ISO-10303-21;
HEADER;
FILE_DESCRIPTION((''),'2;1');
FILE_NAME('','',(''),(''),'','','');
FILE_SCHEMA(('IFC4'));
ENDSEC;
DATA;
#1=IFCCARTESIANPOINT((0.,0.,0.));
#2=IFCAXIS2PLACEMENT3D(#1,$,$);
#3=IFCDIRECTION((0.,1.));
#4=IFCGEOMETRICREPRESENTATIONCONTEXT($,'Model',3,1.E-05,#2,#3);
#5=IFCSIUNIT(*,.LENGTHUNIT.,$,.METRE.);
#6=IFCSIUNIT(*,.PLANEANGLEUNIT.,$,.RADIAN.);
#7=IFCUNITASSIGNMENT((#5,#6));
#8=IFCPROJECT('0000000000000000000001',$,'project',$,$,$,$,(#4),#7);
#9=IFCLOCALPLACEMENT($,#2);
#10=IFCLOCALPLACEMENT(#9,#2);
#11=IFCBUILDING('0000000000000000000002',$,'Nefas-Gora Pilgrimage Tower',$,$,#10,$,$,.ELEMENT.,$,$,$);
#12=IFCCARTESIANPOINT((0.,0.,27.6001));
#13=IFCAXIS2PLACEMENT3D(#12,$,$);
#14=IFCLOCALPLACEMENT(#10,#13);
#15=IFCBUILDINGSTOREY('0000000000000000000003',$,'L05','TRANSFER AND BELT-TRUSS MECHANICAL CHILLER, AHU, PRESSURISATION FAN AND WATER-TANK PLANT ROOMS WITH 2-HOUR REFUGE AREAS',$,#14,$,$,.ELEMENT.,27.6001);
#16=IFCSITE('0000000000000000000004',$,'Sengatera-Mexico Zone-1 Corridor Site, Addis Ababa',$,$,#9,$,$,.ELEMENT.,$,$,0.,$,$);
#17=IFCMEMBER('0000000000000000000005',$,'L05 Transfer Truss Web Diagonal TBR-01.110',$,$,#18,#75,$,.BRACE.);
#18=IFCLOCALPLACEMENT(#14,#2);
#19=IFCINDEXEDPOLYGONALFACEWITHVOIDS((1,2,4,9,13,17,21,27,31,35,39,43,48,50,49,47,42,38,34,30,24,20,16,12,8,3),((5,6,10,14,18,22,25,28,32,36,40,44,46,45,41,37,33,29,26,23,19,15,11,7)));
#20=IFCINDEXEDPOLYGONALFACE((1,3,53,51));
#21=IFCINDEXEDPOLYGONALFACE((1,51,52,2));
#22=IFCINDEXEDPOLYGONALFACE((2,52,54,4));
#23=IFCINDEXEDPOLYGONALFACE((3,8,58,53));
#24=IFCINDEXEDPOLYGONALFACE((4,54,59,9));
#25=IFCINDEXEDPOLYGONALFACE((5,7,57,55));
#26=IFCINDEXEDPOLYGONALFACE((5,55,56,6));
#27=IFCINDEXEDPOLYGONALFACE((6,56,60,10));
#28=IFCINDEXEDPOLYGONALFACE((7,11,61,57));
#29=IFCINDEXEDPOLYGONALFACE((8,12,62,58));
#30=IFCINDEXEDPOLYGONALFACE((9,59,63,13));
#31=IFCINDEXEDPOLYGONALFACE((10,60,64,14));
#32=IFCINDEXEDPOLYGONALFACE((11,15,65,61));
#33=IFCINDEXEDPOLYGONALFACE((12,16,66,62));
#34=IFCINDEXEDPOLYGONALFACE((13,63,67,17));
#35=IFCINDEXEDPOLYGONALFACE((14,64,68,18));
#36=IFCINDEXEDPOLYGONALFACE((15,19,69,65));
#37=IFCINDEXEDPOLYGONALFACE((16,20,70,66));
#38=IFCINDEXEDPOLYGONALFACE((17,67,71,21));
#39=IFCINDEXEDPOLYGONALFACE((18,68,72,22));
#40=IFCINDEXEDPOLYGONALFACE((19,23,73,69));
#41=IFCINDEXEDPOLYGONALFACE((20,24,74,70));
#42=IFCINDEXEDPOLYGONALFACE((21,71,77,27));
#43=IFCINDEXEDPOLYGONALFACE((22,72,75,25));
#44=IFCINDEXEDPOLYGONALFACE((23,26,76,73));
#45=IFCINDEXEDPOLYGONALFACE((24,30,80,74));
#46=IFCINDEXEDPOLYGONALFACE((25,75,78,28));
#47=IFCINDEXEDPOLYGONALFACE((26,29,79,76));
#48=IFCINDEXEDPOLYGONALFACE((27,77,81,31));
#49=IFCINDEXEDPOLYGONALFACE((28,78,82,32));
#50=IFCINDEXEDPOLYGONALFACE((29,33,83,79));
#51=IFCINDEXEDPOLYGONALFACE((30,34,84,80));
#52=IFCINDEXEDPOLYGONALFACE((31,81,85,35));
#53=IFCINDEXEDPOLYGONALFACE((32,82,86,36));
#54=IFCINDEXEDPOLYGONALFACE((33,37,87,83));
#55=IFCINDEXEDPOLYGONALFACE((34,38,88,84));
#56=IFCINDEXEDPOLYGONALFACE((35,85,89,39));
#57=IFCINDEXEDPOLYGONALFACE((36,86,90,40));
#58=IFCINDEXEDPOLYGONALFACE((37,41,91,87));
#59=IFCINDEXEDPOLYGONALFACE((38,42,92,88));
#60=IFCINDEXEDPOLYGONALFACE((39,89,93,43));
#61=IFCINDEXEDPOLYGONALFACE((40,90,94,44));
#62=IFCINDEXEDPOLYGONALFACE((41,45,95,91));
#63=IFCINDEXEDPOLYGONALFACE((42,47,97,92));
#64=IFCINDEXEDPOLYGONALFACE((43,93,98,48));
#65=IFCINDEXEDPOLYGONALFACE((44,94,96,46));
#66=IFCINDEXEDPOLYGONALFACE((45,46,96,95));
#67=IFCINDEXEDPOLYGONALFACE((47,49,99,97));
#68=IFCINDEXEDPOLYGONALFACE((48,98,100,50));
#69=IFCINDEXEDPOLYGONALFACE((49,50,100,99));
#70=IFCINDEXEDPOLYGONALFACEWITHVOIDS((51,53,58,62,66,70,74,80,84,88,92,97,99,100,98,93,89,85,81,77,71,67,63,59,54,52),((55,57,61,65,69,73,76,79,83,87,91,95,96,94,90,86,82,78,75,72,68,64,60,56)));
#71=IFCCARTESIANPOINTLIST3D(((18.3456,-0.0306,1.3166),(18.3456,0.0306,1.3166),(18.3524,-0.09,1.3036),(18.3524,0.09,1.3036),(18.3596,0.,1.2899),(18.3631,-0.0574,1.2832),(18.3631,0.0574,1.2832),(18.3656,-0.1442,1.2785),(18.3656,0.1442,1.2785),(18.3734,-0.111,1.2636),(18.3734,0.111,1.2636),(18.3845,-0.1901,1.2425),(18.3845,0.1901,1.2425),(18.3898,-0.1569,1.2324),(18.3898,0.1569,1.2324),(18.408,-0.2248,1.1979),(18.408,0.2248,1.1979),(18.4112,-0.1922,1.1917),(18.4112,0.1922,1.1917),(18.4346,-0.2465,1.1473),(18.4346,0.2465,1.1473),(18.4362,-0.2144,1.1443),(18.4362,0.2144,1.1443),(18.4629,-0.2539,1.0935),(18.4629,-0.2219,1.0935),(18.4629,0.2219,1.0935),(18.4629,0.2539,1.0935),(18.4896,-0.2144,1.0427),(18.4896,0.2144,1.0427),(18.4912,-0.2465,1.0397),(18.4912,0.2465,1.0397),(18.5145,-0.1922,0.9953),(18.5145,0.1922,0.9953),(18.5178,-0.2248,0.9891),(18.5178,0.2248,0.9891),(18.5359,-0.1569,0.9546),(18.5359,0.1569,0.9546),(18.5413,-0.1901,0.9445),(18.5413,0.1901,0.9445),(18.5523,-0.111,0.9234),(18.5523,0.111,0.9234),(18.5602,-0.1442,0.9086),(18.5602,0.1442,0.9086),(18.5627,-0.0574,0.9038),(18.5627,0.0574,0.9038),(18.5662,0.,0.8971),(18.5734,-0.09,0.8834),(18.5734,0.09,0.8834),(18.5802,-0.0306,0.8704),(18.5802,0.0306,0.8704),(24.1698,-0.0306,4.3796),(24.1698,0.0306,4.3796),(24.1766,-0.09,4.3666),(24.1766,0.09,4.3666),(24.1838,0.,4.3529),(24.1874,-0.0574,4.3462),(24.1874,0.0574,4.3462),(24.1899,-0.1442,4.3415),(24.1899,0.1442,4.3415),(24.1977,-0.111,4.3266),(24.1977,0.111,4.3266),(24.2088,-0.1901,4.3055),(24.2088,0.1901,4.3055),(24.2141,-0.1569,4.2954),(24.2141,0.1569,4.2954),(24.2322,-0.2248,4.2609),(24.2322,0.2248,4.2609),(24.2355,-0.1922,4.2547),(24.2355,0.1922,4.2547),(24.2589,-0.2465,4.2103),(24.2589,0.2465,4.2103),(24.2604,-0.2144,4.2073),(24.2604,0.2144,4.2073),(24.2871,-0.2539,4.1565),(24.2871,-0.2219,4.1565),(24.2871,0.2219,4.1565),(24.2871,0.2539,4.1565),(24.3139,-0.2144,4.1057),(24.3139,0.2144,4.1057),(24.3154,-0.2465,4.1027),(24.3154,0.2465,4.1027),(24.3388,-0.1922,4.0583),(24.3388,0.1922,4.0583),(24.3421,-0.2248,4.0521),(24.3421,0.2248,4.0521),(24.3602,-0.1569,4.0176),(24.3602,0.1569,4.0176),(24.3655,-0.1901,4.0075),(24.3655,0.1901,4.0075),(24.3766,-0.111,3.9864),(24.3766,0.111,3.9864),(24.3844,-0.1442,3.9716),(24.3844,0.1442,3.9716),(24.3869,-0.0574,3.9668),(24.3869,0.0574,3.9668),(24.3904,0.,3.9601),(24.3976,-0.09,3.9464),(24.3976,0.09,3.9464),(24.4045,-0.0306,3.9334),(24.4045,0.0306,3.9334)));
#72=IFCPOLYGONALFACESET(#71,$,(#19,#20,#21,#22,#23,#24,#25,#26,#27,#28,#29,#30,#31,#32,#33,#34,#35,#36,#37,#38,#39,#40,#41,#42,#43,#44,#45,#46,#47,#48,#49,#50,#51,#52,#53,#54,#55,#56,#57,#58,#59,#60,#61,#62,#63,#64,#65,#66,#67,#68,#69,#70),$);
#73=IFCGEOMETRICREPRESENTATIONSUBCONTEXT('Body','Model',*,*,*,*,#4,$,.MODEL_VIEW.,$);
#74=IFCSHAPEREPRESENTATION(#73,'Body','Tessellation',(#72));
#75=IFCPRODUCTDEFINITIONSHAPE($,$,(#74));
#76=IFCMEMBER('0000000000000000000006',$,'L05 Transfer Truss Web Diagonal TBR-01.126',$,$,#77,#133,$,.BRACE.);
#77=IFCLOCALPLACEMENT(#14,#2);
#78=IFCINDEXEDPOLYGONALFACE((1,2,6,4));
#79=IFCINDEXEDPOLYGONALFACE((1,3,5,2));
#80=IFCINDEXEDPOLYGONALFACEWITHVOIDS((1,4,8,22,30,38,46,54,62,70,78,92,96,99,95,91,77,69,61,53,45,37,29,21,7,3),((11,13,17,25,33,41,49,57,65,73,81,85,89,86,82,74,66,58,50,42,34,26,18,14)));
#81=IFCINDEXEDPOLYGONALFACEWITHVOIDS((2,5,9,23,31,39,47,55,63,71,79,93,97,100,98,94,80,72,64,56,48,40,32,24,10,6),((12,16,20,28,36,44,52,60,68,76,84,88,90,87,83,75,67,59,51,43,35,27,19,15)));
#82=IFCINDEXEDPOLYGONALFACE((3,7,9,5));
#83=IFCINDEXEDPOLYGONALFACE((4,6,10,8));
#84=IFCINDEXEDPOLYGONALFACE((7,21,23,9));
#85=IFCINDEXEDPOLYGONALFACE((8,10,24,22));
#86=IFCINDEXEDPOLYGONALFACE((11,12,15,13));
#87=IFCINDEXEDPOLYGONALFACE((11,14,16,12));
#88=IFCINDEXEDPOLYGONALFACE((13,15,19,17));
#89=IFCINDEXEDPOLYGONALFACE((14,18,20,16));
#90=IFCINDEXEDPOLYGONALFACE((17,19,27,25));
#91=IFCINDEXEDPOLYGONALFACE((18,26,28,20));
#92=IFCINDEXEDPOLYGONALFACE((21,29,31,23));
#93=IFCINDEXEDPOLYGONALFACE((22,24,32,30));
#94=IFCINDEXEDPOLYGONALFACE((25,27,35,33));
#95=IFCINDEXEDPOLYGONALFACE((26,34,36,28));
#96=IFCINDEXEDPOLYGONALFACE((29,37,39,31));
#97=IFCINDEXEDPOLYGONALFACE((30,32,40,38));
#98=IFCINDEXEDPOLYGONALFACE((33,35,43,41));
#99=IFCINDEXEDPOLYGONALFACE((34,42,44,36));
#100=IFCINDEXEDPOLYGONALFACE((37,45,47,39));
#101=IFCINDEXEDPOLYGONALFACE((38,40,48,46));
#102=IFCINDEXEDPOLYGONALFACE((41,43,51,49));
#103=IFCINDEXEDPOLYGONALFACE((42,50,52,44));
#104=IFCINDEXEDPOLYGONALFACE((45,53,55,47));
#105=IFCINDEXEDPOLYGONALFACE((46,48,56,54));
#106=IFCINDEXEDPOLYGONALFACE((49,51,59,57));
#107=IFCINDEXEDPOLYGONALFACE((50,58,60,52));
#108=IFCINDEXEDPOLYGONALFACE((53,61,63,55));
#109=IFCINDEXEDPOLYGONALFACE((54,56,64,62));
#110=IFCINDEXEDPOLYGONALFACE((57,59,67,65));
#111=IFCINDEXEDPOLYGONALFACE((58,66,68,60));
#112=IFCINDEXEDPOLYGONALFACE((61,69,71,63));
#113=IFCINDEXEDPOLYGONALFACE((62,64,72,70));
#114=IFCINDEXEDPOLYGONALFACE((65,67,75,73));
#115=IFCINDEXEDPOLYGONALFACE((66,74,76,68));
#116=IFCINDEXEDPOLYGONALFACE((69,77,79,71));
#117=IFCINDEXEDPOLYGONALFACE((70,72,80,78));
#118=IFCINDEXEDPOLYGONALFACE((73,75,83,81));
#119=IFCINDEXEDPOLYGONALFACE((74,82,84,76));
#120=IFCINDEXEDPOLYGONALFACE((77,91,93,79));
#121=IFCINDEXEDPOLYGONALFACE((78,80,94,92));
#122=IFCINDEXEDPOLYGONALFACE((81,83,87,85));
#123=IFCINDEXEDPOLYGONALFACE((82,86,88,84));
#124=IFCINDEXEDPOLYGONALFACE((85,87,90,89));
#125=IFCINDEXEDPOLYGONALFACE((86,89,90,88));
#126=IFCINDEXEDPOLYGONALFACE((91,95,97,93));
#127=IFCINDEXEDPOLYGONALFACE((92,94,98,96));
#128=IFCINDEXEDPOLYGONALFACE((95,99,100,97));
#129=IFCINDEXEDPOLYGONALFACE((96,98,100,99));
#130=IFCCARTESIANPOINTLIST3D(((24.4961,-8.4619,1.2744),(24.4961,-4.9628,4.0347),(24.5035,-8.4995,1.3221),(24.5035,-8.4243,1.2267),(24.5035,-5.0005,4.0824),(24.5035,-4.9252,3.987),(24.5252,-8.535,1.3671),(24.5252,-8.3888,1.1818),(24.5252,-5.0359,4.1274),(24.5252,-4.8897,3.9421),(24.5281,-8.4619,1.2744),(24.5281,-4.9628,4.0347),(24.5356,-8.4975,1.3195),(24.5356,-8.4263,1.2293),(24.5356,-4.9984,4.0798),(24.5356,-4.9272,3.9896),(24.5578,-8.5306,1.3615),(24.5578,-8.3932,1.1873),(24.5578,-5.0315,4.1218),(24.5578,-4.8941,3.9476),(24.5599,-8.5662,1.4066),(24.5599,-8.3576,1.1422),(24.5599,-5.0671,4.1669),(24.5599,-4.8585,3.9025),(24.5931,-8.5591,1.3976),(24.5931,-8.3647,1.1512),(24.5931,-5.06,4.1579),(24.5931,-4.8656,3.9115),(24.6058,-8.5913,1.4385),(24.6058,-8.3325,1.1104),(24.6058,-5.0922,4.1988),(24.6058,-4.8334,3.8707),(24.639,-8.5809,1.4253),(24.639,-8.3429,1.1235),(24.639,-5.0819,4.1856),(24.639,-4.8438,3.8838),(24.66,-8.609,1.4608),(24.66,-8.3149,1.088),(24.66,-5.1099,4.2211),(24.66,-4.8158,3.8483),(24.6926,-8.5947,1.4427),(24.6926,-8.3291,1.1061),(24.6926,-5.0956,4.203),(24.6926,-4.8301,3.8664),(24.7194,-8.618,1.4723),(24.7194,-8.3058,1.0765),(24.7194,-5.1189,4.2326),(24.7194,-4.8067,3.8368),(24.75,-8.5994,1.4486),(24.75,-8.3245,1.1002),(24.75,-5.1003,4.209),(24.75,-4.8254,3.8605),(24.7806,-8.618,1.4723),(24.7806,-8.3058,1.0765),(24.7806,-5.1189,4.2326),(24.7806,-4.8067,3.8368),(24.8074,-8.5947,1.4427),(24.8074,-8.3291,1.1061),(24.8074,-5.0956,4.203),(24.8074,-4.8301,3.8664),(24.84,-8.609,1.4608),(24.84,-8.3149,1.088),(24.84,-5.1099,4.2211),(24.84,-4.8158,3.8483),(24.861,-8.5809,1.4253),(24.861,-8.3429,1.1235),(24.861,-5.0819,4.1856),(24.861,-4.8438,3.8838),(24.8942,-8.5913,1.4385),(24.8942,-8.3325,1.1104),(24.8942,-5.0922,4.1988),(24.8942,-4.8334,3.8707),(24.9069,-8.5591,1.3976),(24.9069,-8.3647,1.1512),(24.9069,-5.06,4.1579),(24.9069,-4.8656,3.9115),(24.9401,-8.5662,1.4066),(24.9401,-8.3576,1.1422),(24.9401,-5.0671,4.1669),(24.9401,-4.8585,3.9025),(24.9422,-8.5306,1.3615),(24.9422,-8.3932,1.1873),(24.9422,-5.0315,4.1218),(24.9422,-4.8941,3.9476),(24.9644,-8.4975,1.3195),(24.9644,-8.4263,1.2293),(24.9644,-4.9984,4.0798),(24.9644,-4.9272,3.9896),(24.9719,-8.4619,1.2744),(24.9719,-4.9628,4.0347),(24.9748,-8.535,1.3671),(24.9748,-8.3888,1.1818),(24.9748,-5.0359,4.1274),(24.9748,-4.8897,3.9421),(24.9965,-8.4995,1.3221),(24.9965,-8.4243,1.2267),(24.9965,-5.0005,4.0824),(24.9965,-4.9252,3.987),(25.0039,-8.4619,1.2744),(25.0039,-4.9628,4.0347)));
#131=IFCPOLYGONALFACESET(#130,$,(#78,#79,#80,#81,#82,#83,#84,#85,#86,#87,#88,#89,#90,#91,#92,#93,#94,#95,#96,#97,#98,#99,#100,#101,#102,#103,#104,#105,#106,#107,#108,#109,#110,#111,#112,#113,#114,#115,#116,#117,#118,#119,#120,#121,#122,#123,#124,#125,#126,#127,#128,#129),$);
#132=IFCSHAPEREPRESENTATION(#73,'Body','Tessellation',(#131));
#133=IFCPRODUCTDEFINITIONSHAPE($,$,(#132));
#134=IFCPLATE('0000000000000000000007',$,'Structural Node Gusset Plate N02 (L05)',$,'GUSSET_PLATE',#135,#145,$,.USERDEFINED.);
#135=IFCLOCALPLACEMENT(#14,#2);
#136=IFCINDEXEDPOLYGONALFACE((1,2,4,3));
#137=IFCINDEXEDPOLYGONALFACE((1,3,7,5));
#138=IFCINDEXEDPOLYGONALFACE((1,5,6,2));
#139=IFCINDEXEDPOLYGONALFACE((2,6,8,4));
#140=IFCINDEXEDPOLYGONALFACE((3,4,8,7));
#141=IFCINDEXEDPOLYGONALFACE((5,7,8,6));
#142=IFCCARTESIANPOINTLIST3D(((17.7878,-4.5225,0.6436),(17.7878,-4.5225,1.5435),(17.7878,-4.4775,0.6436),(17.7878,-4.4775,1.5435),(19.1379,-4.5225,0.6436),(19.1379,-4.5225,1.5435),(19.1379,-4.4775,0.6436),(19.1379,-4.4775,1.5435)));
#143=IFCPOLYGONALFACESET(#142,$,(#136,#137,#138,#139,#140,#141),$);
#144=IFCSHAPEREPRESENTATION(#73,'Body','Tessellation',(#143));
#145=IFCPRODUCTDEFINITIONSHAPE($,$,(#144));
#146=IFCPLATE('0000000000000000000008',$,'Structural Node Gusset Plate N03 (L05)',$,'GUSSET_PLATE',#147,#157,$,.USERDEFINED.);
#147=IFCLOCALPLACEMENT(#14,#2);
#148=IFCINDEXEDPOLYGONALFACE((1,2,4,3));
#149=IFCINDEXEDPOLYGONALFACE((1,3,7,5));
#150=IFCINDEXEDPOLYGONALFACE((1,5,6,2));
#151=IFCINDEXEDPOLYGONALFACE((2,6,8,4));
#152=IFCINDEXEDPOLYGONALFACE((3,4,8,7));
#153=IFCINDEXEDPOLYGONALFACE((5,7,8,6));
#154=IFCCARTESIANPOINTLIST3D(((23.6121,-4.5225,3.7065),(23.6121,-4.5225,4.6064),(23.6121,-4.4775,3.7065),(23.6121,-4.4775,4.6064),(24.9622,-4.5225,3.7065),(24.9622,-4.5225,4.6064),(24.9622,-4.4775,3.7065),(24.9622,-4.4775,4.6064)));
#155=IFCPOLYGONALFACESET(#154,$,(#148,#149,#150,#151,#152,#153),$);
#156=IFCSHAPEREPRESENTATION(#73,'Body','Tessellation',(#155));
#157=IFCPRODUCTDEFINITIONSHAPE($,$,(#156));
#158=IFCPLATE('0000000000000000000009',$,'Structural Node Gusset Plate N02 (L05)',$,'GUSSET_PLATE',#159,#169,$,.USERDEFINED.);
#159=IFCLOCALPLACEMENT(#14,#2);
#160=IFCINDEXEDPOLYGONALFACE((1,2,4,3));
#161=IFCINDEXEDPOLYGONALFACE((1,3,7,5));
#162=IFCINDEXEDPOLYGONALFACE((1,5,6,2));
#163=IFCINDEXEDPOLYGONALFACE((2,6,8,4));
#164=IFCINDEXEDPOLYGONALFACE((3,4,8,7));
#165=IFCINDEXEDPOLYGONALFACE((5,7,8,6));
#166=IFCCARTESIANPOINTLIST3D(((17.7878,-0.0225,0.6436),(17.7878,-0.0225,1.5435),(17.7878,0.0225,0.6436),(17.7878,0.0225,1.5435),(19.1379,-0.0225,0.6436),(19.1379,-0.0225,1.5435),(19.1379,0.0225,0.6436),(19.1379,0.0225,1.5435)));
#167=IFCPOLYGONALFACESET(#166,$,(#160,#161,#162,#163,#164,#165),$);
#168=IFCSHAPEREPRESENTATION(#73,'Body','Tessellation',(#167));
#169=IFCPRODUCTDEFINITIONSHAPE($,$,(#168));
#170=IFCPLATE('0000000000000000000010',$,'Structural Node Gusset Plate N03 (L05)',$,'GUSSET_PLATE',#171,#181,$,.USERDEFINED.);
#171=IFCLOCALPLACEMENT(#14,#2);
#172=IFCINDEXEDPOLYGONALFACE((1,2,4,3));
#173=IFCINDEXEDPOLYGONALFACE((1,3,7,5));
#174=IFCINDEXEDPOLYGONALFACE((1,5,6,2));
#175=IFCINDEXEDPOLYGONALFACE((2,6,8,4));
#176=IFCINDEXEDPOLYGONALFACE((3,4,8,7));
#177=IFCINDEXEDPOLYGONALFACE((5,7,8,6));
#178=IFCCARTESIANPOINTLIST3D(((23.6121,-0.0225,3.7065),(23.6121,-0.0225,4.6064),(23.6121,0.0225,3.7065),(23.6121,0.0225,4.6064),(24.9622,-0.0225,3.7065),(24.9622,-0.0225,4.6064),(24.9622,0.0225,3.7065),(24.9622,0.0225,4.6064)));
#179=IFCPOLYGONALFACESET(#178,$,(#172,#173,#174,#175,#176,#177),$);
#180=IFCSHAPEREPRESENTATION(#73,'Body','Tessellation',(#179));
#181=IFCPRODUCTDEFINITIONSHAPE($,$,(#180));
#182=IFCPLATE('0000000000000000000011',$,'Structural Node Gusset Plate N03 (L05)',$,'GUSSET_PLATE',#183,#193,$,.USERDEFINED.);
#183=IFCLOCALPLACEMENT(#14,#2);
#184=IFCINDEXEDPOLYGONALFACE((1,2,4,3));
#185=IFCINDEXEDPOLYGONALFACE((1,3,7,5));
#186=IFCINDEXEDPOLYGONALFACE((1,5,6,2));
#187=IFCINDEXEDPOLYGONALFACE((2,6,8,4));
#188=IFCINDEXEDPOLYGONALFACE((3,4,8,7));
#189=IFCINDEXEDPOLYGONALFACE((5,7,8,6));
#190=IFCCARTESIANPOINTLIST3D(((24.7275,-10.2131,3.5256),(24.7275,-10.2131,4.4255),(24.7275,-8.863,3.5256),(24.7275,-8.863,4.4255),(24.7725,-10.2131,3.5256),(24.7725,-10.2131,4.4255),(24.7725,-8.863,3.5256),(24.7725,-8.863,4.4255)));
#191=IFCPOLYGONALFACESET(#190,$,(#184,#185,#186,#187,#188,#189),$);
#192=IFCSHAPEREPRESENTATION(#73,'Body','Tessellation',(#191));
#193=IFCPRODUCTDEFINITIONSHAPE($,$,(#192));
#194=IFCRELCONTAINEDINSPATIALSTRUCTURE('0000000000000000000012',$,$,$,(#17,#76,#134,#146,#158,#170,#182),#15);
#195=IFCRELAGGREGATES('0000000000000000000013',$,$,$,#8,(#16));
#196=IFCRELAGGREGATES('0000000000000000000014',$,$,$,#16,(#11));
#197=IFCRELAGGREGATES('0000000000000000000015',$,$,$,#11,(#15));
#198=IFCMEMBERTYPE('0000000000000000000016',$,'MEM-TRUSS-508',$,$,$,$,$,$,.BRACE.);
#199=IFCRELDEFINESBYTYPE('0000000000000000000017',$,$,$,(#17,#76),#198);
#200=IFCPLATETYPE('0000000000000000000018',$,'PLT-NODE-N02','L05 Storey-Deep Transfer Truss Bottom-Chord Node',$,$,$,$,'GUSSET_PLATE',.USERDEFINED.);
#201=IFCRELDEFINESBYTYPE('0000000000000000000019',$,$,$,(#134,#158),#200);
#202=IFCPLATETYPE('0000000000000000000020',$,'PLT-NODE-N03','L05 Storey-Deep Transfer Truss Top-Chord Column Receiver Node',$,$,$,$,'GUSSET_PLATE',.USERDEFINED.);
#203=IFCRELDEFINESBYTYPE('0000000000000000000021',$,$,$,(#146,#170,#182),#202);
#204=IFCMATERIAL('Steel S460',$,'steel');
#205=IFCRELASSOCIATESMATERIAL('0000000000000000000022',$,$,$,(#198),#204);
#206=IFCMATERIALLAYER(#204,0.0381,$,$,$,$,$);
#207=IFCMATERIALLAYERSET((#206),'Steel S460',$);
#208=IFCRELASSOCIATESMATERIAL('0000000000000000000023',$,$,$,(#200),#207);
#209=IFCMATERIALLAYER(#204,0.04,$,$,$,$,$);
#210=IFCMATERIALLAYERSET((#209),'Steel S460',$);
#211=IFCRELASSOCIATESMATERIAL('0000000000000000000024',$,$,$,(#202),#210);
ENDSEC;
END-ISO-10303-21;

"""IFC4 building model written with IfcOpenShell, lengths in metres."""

from ifc_helpers import new_model, si_unit, direction, frame, origin, origin_2d, place, context, subcontext, project, spatial, rectangle, hollow_circle, extrude, source, transform, mapped, material, layer, layer_set, material_profile, profile_set, type_object, element, save


model = new_model("IFC4")

# Units and contexts
model_context = context("Model", 3, precision=1e-05, world=origin(), true_north=direction((0.0, 1.0)))
body_context = subcontext(model_context, "Body", "Model", "MODEL_VIEW")
ifc_project = project(units=[si_unit("LENGTHUNIT", "METRE"), si_unit("PLANEANGLEUNIT", "RADIAN")], contexts=[model_context])

# Site, building, storey
site_placement = place(None, origin())
site = spatial("IfcSite", under=ifc_project, at=site_placement, Name="Sengatera-Mexico Zone-1 Corridor Site, Addis Ababa", CompositionType="ELEMENT", RefElevation=0.0)
building_placement = place(site_placement, origin())
building = spatial("IfcBuilding", under=site, at=building_placement, Name="Nefas-Gora Pilgrimage Tower", CompositionType="ELEMENT")
storey_placement = place(building_placement, frame((0.0, 0.0, 27.6001)))
storey = spatial("IfcBuildingStorey", under=building, at=storey_placement, Name="L05", Description="TRANSFER AND BELT-TRUSS MECHANICAL CHILLER, AHU, PRESSURISATION FAN AND WATER-TANK PLANT ROOMS WITH 2-HOUR REFUGE AREAS", CompositionType="ELEMENT", Elevation=27.6001)

# Shared definitions
ifc_material_1 = material(Name="Steel S460", Category="steel")

# Shared definitions
ifc_material_profile_1 = material_profile(ifc_material_1, hollow_circle(Radius=0.2539, WallThickness=0.032, at=origin_2d()), Name="CHS 508x32")
ifc_profile_set_1 = profile_set([ifc_material_profile_1], Name="Steel S460")
member_type = type_object("IfcMemberType", Name="MEM-TRUSS-508", PredefinedType="BRACE", material=ifc_profile_set_1)

# Members
shared_shape_1 = source(origin(), body_context, "Body", "SweptSolid", [
    extrude(hollow_circle(Radius=0.2539, WallThickness=0.032, at=origin_2d()), origin(), (0.0, 0.0, 1.0), 6.5806),
])
for number, where, z_axis, x_axis, name in (
    (1, (18.4629, 0.0, 1.0935), (0.885068, 0.0, 0.465462), (0.0, 1.0, 0.0), "L05 Transfer Truss Web Diagonal TBR-01.110"),
):
    element("IfcMember", number, at=place(storey_placement, frame(where, z_axis=z_axis, x_axis=x_axis)), inside=storey, type_object=member_type, Name=name, PredefinedType="BRACE", context=body_context, shape_type="MappedRepresentation", body=[
        mapped(shared_shape_1, transform((0.0, 0.0, 0.0), x_axis=(1.0, 0.0, 0.0), y_axis=(0.0, 1.0, 0.0), z_axis=(0.0, 0.0, 1.0), scale=1.0)),
    ])
shared_shape_2 = source(origin(), body_context, "Body", "SweptSolid", [
    extrude(hollow_circle(Radius=0.2539, WallThickness=0.032, at=origin_2d()), origin(), (0.0, 0.0, 1.0), 4.4568),
])
member_1_placement = place(storey_placement, frame((24.75, -8.4619, 1.2744), z_axis=(0.0, 0.785115, 0.619349), x_axis=(-1.0, 0.0, 0.0)))
element("IfcMember", 2, at=member_1_placement, inside=storey, type_object=member_type, Name="L05 Transfer Truss Web Diagonal TBR-01.126", PredefinedType="BRACE", context=body_context, shape_type="MappedRepresentation", body=[
    mapped(shared_shape_2, transform((0.0, 0.0, 0.0), x_axis=(1.0, 0.0, 0.0), y_axis=(0.0, 1.0, 0.0), z_axis=(0.0, 0.0, 1.0), scale=1.0)),
])

# Plates
ifc_layer_1 = layer(ifc_material_1, 0.0381)
ifc_layer_set_1 = layer_set([ifc_layer_1], Name="Steel S460")
plate_type_1 = type_object("IfcPlateType", Name="PLT-NODE-N02", Description="L05 Storey-Deep Transfer Truss Bottom-Chord Node", ElementType="GUSSET_PLATE", PredefinedType="USERDEFINED", material=ifc_layer_set_1)
shared_shape_3 = source(origin(), body_context, "Body", "SweptSolid", [
    extrude(rectangle(XDim=1.3501, YDim=0.0449, at=origin_2d()), origin(), (0.0, 0.0, 1.0), 0.8999),
])
plate_1_placement = place(storey_placement, frame((18.4629, -4.5, 0.6436), z_axis=(0.0, 0.0, 1.0), x_axis=(1.0, 0.0, 0.0)))
element("IfcPlate", 3, at=plate_1_placement, inside=storey, type_object=plate_type_1, Name="Structural Node Gusset Plate N02 (L05)", ObjectType="GUSSET_PLATE", PredefinedType="USERDEFINED", context=body_context, shape_type="MappedRepresentation", body=[
    mapped(shared_shape_3, transform((0.0, 0.0, 0.0), x_axis=(1.0, 0.0, 0.0), y_axis=(0.0, 1.0, 0.0), z_axis=(0.0, 0.0, 1.0), scale=1.0)),
])
ifc_layer_2 = layer(ifc_material_1, 0.04)
ifc_layer_set_2 = layer_set([ifc_layer_2], Name="Steel S460")
plate_type_2 = type_object("IfcPlateType", Name="PLT-NODE-N03", Description="L05 Storey-Deep Transfer Truss Top-Chord Column Receiver Node", ElementType="GUSSET_PLATE", PredefinedType="USERDEFINED", material=ifc_layer_set_2)
plate_2_placement = place(storey_placement, frame((24.2871, -4.5, 3.7065), z_axis=(0.0, 0.0, 1.0), x_axis=(1.0, 0.0, 0.0)))
element("IfcPlate", 4, at=plate_2_placement, inside=storey, type_object=plate_type_2, Name="Structural Node Gusset Plate N03 (L05)", ObjectType="GUSSET_PLATE", PredefinedType="USERDEFINED", context=body_context, shape_type="MappedRepresentation", body=[
    mapped(shared_shape_3, transform((0.0, 0.0, 0.0), x_axis=(1.0, 0.0, 0.0), y_axis=(0.0, 1.0, 0.0), z_axis=(0.0, 0.0, 1.0), scale=1.0)),
])
plate_3_placement = place(storey_placement, frame((18.4629, 0.0, 0.6436), z_axis=(0.0, 0.0, 1.0), x_axis=(1.0, 0.0, 0.0)))
element("IfcPlate", 5, at=plate_3_placement, inside=storey, type_object=plate_type_1, Name="Structural Node Gusset Plate N02 (L05)", ObjectType="GUSSET_PLATE", PredefinedType="USERDEFINED", context=body_context, shape_type="MappedRepresentation", body=[
    mapped(shared_shape_3, transform((0.0, 0.0, 0.0), x_axis=(1.0, 0.0, 0.0), y_axis=(0.0, 1.0, 0.0), z_axis=(0.0, 0.0, 1.0), scale=1.0)),
])
for number, where, z_axis, x_axis, name in (
    (6, (24.2871, 0.0, 3.7065), (0.0, 0.0, 1.0), (1.0, 0.0, 0.0), "Structural Node Gusset Plate N03 (L05)"),
    (7, (24.75, -9.5381, 3.5256), (0.0, 0.0, 1.0), (0.0, 1.0, 0.0), "Structural Node Gusset Plate N03 (L05)"),
):
    element("IfcPlate", number, at=place(storey_placement, frame(where, z_axis=z_axis, x_axis=x_axis)), inside=storey, type_object=plate_type_2, Name=name, ObjectType="GUSSET_PLATE", PredefinedType="USERDEFINED", context=body_context, shape_type="MappedRepresentation", body=[
        mapped(shared_shape_3, transform((0.0, 0.0, 0.0), x_axis=(1.0, 0.0, 0.0), y_axis=(0.0, 1.0, 0.0), z_axis=(0.0, 0.0, 1.0), scale=1.0)),
    ])

save(model, "model.ifc")
